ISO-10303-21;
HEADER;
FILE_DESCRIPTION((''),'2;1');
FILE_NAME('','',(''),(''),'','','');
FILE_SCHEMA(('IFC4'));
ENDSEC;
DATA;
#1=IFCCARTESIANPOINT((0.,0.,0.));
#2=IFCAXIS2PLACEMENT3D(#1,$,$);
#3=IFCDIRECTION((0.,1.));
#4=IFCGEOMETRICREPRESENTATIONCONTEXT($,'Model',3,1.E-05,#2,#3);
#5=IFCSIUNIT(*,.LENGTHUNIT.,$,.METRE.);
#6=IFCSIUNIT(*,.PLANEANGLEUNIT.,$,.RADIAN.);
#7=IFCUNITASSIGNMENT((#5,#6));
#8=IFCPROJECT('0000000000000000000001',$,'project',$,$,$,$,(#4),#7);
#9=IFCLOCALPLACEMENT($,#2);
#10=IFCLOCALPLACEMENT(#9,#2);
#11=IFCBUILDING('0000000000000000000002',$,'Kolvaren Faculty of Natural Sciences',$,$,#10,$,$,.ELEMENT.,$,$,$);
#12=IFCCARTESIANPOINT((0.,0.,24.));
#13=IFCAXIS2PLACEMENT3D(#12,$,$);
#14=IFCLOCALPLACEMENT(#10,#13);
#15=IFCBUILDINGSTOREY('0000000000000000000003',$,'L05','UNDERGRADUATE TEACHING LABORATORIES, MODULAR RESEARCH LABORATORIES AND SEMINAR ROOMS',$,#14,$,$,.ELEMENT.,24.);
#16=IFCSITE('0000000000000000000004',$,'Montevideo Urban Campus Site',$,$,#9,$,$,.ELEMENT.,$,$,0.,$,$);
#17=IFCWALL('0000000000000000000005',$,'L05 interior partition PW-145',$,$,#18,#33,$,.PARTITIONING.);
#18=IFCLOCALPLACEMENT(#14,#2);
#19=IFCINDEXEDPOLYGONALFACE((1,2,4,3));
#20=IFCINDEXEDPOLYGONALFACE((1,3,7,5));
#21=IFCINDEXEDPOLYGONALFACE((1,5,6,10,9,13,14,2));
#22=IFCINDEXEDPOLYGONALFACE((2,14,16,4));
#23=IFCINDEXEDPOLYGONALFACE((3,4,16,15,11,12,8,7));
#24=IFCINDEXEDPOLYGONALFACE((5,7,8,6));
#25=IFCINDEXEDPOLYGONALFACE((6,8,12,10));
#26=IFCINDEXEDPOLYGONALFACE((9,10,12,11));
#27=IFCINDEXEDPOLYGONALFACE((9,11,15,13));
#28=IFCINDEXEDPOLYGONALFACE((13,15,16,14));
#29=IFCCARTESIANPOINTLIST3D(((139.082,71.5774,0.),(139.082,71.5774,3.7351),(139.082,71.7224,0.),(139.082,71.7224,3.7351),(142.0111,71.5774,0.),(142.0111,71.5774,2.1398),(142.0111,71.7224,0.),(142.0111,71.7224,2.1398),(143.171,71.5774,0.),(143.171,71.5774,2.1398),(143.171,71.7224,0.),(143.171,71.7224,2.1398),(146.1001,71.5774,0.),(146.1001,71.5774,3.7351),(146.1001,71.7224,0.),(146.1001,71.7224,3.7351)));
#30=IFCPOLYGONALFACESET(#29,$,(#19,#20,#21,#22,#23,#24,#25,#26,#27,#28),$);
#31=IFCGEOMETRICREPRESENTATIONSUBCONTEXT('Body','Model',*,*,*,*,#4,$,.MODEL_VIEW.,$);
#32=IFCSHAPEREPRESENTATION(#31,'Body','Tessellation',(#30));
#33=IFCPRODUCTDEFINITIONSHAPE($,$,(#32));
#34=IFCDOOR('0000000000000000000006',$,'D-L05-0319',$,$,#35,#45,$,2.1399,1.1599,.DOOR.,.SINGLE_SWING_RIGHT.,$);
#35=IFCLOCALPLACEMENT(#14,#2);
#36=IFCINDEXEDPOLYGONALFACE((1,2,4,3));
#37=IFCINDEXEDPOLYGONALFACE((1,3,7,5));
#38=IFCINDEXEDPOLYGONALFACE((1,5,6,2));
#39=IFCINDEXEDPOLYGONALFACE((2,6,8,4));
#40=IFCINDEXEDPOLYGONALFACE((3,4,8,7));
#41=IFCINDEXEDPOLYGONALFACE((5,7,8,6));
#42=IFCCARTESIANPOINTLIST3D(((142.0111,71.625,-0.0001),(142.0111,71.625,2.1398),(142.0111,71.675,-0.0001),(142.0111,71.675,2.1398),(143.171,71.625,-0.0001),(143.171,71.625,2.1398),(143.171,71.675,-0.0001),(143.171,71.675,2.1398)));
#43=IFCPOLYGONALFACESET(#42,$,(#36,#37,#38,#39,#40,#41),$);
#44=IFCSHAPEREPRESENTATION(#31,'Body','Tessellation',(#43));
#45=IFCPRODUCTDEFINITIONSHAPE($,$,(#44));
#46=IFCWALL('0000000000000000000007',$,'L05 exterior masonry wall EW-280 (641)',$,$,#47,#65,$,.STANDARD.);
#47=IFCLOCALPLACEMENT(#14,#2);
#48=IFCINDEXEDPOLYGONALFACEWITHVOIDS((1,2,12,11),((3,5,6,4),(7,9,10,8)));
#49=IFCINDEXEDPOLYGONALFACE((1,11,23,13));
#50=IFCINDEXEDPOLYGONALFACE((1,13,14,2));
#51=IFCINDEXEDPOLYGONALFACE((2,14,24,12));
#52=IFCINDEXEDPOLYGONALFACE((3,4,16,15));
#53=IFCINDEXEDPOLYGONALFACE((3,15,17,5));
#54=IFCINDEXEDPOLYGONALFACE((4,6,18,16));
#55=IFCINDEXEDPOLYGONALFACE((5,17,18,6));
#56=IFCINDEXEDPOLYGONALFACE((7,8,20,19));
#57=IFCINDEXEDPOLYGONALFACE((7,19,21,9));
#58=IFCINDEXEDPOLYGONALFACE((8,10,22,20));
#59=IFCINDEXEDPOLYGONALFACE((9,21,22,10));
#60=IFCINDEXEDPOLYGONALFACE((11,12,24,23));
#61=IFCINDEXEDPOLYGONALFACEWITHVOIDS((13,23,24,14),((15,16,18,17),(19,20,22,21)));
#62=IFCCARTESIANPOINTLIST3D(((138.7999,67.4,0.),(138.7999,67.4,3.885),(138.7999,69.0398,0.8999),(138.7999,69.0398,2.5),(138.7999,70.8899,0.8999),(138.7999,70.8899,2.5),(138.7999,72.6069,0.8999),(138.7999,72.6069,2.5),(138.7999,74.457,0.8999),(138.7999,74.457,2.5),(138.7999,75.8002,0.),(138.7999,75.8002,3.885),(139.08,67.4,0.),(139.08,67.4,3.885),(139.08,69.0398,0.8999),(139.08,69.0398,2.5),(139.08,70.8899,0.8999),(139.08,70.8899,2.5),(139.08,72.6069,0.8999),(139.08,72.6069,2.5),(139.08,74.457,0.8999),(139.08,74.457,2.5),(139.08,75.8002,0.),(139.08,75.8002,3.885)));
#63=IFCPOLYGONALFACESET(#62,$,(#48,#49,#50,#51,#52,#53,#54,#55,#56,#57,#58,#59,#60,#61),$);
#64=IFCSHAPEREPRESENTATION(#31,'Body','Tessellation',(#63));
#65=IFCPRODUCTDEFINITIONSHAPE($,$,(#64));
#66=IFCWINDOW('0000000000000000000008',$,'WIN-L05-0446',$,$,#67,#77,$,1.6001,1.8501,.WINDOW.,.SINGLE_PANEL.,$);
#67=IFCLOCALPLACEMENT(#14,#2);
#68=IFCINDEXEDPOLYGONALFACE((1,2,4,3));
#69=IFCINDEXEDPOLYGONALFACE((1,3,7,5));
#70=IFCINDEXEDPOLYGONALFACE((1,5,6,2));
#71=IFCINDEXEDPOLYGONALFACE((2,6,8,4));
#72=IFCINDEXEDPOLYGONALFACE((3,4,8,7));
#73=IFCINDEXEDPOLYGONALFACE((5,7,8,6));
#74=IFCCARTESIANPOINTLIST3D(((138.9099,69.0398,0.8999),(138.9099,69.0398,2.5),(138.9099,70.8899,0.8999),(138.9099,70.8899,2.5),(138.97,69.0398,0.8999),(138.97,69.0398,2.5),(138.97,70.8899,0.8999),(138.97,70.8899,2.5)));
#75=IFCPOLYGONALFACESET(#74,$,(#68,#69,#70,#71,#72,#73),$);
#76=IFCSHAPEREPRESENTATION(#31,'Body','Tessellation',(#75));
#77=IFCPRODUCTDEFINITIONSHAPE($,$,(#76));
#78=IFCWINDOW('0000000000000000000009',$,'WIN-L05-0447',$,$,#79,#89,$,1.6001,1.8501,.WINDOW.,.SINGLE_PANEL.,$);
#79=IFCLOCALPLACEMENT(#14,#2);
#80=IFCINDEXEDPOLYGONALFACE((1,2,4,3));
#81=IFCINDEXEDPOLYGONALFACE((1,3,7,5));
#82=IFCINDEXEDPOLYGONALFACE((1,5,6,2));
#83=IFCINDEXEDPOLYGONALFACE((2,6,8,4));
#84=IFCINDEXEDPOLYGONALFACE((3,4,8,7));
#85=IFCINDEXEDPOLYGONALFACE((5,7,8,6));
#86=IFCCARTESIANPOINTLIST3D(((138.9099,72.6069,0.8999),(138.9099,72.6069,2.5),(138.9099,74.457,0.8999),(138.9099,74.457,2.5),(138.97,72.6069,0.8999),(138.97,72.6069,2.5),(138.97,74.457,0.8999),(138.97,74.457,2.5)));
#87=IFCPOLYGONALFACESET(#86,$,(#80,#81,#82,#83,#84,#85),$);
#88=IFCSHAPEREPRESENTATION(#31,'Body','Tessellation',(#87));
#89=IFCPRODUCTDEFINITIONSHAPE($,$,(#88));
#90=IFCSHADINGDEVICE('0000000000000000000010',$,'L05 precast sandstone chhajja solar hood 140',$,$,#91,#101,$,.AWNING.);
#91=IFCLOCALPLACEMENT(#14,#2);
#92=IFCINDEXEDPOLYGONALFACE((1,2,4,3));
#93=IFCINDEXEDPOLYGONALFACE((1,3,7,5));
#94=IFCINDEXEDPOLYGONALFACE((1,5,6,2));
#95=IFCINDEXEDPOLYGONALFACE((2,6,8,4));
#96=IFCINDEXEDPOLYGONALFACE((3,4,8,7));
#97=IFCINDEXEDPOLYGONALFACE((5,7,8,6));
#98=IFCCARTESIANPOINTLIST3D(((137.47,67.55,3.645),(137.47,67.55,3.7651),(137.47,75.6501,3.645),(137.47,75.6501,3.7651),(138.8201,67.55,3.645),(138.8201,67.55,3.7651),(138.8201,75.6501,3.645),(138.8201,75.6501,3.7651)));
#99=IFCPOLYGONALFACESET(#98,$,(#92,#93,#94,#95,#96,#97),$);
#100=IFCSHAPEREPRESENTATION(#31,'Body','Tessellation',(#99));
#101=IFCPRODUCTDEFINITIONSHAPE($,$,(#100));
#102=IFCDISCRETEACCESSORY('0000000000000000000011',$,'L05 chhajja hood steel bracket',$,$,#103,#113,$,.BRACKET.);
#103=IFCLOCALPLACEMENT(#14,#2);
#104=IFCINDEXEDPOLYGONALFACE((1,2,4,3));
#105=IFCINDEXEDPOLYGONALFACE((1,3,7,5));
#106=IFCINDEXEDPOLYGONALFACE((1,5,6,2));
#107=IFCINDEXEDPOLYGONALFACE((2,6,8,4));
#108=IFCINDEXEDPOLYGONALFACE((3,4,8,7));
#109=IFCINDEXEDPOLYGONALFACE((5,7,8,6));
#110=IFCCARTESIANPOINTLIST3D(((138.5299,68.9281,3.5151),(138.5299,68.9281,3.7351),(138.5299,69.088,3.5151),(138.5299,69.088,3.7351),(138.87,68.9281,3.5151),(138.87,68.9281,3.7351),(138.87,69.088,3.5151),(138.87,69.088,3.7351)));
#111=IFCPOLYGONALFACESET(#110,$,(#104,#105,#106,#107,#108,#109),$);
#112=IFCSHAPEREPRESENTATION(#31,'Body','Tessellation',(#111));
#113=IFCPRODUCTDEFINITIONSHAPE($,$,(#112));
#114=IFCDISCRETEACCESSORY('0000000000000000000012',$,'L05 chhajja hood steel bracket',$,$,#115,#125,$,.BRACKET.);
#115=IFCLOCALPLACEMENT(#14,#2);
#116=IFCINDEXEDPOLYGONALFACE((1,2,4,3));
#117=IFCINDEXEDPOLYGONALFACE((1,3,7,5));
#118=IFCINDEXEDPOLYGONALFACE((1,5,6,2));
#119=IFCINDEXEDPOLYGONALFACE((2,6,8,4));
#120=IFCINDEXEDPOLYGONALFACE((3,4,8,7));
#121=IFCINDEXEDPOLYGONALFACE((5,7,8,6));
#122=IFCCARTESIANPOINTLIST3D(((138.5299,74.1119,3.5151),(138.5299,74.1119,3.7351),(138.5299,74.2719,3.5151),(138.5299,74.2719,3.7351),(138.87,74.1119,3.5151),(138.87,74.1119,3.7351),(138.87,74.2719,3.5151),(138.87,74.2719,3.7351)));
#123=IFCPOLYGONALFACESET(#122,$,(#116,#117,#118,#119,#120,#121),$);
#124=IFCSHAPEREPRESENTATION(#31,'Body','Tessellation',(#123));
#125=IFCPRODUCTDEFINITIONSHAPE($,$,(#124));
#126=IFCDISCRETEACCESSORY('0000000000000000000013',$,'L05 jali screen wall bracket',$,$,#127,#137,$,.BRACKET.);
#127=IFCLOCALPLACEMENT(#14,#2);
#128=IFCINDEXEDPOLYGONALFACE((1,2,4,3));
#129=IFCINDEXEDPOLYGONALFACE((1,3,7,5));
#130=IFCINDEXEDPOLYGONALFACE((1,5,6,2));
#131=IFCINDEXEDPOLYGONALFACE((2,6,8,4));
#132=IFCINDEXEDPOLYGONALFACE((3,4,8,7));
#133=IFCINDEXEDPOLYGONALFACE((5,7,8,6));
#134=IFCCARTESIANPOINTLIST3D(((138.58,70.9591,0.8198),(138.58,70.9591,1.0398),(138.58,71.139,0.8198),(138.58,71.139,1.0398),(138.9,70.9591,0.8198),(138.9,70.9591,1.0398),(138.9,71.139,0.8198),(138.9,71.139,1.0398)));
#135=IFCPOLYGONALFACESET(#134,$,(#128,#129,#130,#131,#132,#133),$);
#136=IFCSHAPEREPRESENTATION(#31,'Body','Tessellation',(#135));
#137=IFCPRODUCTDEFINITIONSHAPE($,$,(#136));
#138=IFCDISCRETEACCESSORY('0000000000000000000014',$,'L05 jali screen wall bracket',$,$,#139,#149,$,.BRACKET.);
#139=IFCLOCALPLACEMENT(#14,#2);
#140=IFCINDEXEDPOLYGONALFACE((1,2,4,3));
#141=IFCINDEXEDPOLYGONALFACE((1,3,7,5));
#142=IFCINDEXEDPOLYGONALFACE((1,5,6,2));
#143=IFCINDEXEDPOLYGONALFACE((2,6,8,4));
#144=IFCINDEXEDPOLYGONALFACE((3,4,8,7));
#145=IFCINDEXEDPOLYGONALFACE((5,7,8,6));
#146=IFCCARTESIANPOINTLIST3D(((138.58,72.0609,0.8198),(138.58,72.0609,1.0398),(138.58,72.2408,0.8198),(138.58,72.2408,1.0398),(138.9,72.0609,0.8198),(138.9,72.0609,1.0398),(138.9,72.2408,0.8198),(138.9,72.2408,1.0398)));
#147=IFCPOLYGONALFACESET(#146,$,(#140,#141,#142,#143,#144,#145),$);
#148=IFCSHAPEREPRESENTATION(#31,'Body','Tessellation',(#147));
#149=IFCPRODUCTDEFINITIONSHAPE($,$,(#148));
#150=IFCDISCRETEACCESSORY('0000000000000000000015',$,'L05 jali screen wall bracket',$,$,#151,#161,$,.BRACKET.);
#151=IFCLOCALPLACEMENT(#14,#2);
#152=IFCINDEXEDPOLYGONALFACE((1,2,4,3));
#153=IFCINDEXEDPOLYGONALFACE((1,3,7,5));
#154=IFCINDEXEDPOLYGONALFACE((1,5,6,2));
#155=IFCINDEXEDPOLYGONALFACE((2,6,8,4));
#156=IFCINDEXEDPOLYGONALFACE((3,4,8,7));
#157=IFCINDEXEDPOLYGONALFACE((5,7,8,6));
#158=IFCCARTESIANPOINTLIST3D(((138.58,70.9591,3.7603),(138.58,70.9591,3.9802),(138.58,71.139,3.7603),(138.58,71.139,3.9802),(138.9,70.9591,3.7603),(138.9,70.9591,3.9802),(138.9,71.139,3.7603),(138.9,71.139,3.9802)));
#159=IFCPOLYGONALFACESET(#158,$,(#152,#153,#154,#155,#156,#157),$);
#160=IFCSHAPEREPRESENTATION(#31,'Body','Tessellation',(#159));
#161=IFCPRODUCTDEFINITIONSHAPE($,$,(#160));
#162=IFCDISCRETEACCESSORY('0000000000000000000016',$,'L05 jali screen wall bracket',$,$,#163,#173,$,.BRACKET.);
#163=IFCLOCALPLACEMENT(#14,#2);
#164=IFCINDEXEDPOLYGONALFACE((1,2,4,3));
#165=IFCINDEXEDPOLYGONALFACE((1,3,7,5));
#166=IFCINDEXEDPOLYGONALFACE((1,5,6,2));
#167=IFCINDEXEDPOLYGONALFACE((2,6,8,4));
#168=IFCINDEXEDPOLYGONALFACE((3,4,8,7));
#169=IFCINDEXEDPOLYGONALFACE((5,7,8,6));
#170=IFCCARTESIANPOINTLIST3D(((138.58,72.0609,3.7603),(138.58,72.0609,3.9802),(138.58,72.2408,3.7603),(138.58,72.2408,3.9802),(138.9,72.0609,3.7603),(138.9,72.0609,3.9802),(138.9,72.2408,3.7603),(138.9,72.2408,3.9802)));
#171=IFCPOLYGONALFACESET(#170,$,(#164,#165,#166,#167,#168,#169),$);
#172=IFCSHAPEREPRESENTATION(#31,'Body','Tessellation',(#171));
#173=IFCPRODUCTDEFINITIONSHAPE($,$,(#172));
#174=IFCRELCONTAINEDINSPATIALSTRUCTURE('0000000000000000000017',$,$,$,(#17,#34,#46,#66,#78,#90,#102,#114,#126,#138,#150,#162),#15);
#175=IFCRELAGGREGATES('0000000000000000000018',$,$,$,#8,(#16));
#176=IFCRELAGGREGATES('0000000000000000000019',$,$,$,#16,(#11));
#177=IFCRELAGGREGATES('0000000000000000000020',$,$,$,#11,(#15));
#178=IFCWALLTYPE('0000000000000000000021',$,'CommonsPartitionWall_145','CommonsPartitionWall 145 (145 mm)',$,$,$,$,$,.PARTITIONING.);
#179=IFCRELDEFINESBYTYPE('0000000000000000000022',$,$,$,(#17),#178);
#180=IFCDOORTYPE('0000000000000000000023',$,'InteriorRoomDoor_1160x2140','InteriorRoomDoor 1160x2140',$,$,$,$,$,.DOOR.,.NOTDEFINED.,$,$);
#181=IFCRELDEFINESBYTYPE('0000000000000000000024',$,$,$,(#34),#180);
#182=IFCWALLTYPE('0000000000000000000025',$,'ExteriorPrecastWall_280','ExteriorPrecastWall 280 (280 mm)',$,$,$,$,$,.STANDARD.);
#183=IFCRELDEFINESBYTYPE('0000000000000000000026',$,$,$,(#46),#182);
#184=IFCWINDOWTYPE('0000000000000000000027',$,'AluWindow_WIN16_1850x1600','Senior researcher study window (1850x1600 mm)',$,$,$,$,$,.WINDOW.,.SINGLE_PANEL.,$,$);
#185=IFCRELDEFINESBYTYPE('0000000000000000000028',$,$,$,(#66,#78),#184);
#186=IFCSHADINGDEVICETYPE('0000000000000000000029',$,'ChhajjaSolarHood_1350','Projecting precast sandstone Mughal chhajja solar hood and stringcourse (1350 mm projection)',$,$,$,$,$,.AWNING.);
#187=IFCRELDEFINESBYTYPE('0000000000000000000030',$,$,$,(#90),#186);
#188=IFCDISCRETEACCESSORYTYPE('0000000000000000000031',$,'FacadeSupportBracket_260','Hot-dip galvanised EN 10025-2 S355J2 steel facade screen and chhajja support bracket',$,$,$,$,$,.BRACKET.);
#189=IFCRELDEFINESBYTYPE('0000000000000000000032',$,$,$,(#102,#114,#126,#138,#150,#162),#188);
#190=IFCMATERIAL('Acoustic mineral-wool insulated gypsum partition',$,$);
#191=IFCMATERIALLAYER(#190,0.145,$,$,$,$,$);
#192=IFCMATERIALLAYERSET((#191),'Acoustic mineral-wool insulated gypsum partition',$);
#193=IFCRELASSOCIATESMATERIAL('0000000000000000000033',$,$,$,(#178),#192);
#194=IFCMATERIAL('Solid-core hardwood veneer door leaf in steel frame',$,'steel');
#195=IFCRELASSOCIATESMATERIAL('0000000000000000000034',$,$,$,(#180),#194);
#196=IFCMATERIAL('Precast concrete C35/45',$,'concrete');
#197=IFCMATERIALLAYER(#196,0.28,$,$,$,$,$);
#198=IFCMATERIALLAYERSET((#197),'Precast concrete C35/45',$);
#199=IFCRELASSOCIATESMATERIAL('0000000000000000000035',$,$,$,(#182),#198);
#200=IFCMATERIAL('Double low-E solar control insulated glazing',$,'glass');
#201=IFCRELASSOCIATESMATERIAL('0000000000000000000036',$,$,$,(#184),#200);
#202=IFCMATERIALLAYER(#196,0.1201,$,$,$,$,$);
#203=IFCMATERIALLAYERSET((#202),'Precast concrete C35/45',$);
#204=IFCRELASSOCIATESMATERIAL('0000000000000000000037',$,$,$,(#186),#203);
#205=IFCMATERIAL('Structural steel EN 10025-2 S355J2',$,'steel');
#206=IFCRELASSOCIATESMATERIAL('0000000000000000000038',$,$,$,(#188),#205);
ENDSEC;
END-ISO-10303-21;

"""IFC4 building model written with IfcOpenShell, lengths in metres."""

from ifc_helpers import new_model, si_unit, direction, frame, frame_2d, origin, origin_2d, place, context, subcontext, project, spatial, rectangle, extrude, material, layer, layer_set, type_object, element, fill, save


model = new_model("IFC4")

# Units and contexts
model_context = context("Model", 3, precision=1e-05, world=origin(), true_north=direction((0.0, 1.0)))
body_context = subcontext(model_context, "Body", "Model", "MODEL_VIEW")
ifc_project = project(units=[si_unit("LENGTHUNIT", "METRE"), si_unit("PLANEANGLEUNIT", "RADIAN")], contexts=[model_context])

# Site, building, storey
site_placement = place(None, origin())
site = spatial("IfcSite", under=ifc_project, at=site_placement, Name="Montevideo Urban Campus Site", CompositionType="ELEMENT", RefElevation=0.0)
building_placement = place(site_placement, origin())
building = spatial("IfcBuilding", under=site, at=building_placement, Name="Kolvaren Faculty of Natural Sciences", CompositionType="ELEMENT")
storey_placement = place(building_placement, frame((0.0, 0.0, 24.0)))
storey = spatial("IfcBuildingStorey", under=building, at=storey_placement, Name="L05", Description="UNDERGRADUATE TEACHING LABORATORIES, MODULAR RESEARCH LABORATORIES AND SEMINAR ROOMS", CompositionType="ELEMENT", Elevation=24.0)

# Shared definitions
ifc_material_1 = material(Name="Acoustic mineral-wool insulated gypsum partition")

# Wall, opening, door
ifc_material_2 = material(Name="Solid-core hardwood veneer door leaf in steel frame", Category="steel")
ifc_layer_1 = layer(ifc_material_1, 0.145)
ifc_layer_set_1 = layer_set([ifc_layer_1], Name="Acoustic mineral-wool insulated gypsum partition")
wall_type_1 = type_object("IfcWallType", Name="CommonsPartitionWall_145", Description="CommonsPartitionWall 145 (145 mm)", PredefinedType="PARTITIONING", material=ifc_layer_set_1)
wall_1_placement = place(storey_placement, frame((146.1001, 71.6499, 0.0), z_axis=(0.0, 0.0, 1.0), x_axis=(-1.0, 0.0, 0.0)))
wall_1 = element("IfcWall", 1, at=wall_1_placement, inside=storey, type_object=wall_type_1, Name="L05 interior partition PW-145", PredefinedType="PARTITIONING", context=body_context, shape_type="SweptSolid", body=[
    extrude(rectangle(XDim=7.0181, YDim=0.145, at=frame_2d((3.509, 0.0))), origin(), (0.0, 0.0, 1.0), 3.7351),
])
opening_1_placement = place(wall_1_placement, frame((2.929, 0.0, 0.0)))
opening_1 = element("IfcOpeningElement", 2, at=opening_1_placement, cuts=wall_1, PredefinedType="OPENING", context=body_context, shape_type="SweptSolid", body=[
    extrude(rectangle(XDim=1.1599, YDim=2.1399, at=frame_2d((0.5801, 1.0698))), frame((0.0, 0.0825, 0.0), z_axis=(0.0, -1.0, 0.0), x_axis=(1.0, 0.0, 0.0)), (0.0, 0.0, 1.0), 0.165),
])
door_type_1 = type_object("IfcDoorType", Name="InteriorRoomDoor_1160x2140", Description="InteriorRoomDoor 1160x2140", OperationType="NOTDEFINED", PredefinedType="DOOR", material=ifc_material_2)
door_1_placement = place(opening_1_placement, origin())
door_1 = element("IfcDoor", 3, at=door_1_placement, inside=storey, type_object=door_type_1, Name="D-L05-0319", OperationType="SINGLE_SWING_RIGHT", OverallHeight=2.1399, OverallWidth=1.1599, PredefinedType="DOOR", context=body_context, shape_type="SweptSolid", body=[
    extrude(rectangle(XDim=1.1599, YDim=2.1399, at=frame_2d((0.5801, 1.0698))), frame((0.0, 0.0249, 0.0), z_axis=(0.0, -1.0, 0.0), x_axis=(1.0, 0.0, 0.0)), (0.0, 0.0, 1.0), 0.05),
])
fill(opening_1, door_1)

# Wall, openings, windows
ifc_material_3 = material(Name="Precast concrete C35/45", Category="concrete")
ifc_layer_2 = layer(ifc_material_3, 0.28)
ifc_layer_set_2 = layer_set([ifc_layer_2], Name="Precast concrete C35/45")
wall_type_2 = type_object("IfcWallType", Name="ExteriorPrecastWall_280", Description="ExteriorPrecastWall 280 (280 mm)", PredefinedType="STANDARD", material=ifc_layer_set_2)
wall_2_placement = place(storey_placement, frame((138.9399, 67.3999, 0.0), z_axis=(0.0, 0.0, 1.0), x_axis=(0.0, 1.0, 0.0)))
wall_2 = element("IfcWall", 4, at=wall_2_placement, inside=storey, type_object=wall_type_2, Name="L05 exterior masonry wall EW-280 (641)", PredefinedType="STANDARD", context=body_context, shape_type="SweptSolid", body=[
    extrude(rectangle(XDim=8.4001, YDim=0.28, at=frame_2d((4.2002, 0.0))), origin(), (0.0, 0.0, 1.0), 3.885),
])
opening_2_placement = place(wall_2_placement, frame((1.6399, 0.0, 0.8999)))
opening_2 = element("IfcOpeningElement", 5, at=opening_2_placement, cuts=wall_2, PredefinedType="OPENING", context=body_context, shape_type="SweptSolid", body=[
    extrude(rectangle(XDim=1.8501, YDim=1.6001, at=frame_2d((0.925, 0.8))), frame((0.0, 0.1499, 0.0), z_axis=(0.0, -1.0, 0.0), x_axis=(1.0, 0.0, 0.0)), (0.0, 0.0, 1.0), 0.3),
])
opening_3_placement = place(wall_2_placement, frame((5.207, 0.0, 0.8999)))
opening_3 = element("IfcOpeningElement", 6, at=opening_3_placement, cuts=wall_2, PredefinedType="OPENING", context=body_context, shape_type="SweptSolid", body=[
    extrude(rectangle(XDim=1.8501, YDim=1.6001, at=frame_2d((0.925, 0.8))), frame((0.0, 0.1499, 0.0), z_axis=(0.0, -1.0, 0.0), x_axis=(1.0, 0.0, 0.0)), (0.0, 0.0, 1.0), 0.3),
])
ifc_material_4 = material(Name="Double low-E solar control insulated glazing", Category="glass")
window_type = type_object("IfcWindowType", Name="AluWindow_WIN16_1850x1600", Description="Senior researcher study window (1850x1600 mm)", PartitioningType="SINGLE_PANEL", PredefinedType="WINDOW", material=ifc_material_4)
window_1_placement = place(opening_2_placement, origin())
window_1 = element("IfcWindow", 7, at=window_1_placement, inside=storey, type_object=window_type, Name="WIN-L05-0446", OverallHeight=1.6001, OverallWidth=1.8501, PartitioningType="SINGLE_PANEL", PredefinedType="WINDOW", context=body_context, shape_type="SweptSolid", body=[
    extrude(rectangle(XDim=1.8501, YDim=1.6001, at=frame_2d((0.925, 0.8))), frame((0.0, 0.03, 0.0), z_axis=(0.0, -1.0, 0.0), x_axis=(1.0, 0.0, 0.0)), (0.0, 0.0, 1.0), 0.0601),
])
fill(opening_2, window_1)
window_2_placement = place(opening_3_placement, origin())
window_2 = element("IfcWindow", 8, at=window_2_placement, inside=storey, type_object=window_type, Name="WIN-L05-0447", OverallHeight=1.6001, OverallWidth=1.8501, PartitioningType="SINGLE_PANEL", PredefinedType="WINDOW", context=body_context, shape_type="SweptSolid", body=[
    extrude(rectangle(XDim=1.8501, YDim=1.6001, at=frame_2d((0.925, 0.8))), frame((0.0, 0.03, 0.0), z_axis=(0.0, -1.0, 0.0), x_axis=(1.0, 0.0, 0.0)), (0.0, 0.0, 1.0), 0.0601),
])
fill(opening_3, window_2)

# Shading device
ifc_layer_3 = layer(ifc_material_3, 0.1201)
ifc_layer_set_3 = layer_set([ifc_layer_3], Name="Precast concrete C35/45")
shading_device_type = type_object("IfcShadingDeviceType", Name="ChhajjaSolarHood_1350", Description="Projecting precast sandstone Mughal chhajja solar hood and stringcourse (1350 mm projection)", PredefinedType="AWNING", material=ifc_layer_set_3)
shading_device_placement = place(storey_placement, frame((138.145, 71.6001, 3.645), z_axis=(0.0, 0.0, 1.0), x_axis=(0.0, 1.0, 0.0)))
element("IfcShadingDevice", 9, at=shading_device_placement, inside=storey, type_object=shading_device_type, Name="L05 precast sandstone chhajja solar hood 140", PredefinedType="AWNING", context=body_context, shape_type="SweptSolid", body=[
    extrude(rectangle(XDim=8.1001, YDim=1.3501, at=origin_2d()), origin(), (0.0, 0.0, 1.0), 0.1201),
])

# Discrete accessories
ifc_material_5 = material(Name="Structural steel EN 10025-2 S355J2", Category="steel")
discrete_accessory_type = type_object("IfcDiscreteAccessoryType", Name="FacadeSupportBracket_260", Description="Hot-dip galvanised EN 10025-2 S355J2 steel facade screen and chhajja support bracket", PredefinedType="BRACKET", material=ifc_material_5)
for number, where, z_axis, x_axis, name in (
    (10, (138.7, 69.0081, 3.5151), (0.0, 0.0, 1.0), (0.0, 1.0, 0.0), "L05 chhajja hood steel bracket"),
    (11, (138.7, 74.1919, 3.5151), (0.0, 0.0, 1.0), (0.0, 1.0, 0.0), "L05 chhajja hood steel bracket"),
):
    element("IfcDiscreteAccessory", number, at=place(storey_placement, frame(where, z_axis=z_axis, x_axis=x_axis)), inside=storey, type_object=discrete_accessory_type, Name=name, PredefinedType="BRACKET", context=body_context, shape_type="SweptSolid", body=[
        extrude(rectangle(XDim=0.1599, YDim=0.3401, at=origin_2d()), origin(), (0.0, 0.0, 1.0), 0.22),
    ])
for number, where, z_axis, x_axis, name in (
    (12, (138.74, 71.0491, 0.8198), (0.0, 0.0, 1.0), (0.0, 1.0, 0.0), "L05 jali screen wall bracket"),
    (13, (138.74, 72.1509, 0.8198), (0.0, 0.0, 1.0), (0.0, 1.0, 0.0), "L05 jali screen wall bracket"),
    (14, (138.74, 71.0491, 3.7603), (0.0, 0.0, 1.0), (0.0, 1.0, 0.0), "L05 jali screen wall bracket"),
    (15, (138.74, 72.1509, 3.7603), (0.0, 0.0, 1.0), (0.0, 1.0, 0.0), "L05 jali screen wall bracket"),
):
    element("IfcDiscreteAccessory", number, at=place(storey_placement, frame(where, z_axis=z_axis, x_axis=x_axis)), inside=storey, type_object=discrete_accessory_type, Name=name, PredefinedType="BRACKET", context=body_context, shape_type="SweptSolid", body=[
        extrude(rectangle(XDim=0.1799, YDim=0.3201, at=origin_2d()), origin(), (0.0, 0.0, 1.0), 0.22),
    ])

save(model, "model.ifc")
